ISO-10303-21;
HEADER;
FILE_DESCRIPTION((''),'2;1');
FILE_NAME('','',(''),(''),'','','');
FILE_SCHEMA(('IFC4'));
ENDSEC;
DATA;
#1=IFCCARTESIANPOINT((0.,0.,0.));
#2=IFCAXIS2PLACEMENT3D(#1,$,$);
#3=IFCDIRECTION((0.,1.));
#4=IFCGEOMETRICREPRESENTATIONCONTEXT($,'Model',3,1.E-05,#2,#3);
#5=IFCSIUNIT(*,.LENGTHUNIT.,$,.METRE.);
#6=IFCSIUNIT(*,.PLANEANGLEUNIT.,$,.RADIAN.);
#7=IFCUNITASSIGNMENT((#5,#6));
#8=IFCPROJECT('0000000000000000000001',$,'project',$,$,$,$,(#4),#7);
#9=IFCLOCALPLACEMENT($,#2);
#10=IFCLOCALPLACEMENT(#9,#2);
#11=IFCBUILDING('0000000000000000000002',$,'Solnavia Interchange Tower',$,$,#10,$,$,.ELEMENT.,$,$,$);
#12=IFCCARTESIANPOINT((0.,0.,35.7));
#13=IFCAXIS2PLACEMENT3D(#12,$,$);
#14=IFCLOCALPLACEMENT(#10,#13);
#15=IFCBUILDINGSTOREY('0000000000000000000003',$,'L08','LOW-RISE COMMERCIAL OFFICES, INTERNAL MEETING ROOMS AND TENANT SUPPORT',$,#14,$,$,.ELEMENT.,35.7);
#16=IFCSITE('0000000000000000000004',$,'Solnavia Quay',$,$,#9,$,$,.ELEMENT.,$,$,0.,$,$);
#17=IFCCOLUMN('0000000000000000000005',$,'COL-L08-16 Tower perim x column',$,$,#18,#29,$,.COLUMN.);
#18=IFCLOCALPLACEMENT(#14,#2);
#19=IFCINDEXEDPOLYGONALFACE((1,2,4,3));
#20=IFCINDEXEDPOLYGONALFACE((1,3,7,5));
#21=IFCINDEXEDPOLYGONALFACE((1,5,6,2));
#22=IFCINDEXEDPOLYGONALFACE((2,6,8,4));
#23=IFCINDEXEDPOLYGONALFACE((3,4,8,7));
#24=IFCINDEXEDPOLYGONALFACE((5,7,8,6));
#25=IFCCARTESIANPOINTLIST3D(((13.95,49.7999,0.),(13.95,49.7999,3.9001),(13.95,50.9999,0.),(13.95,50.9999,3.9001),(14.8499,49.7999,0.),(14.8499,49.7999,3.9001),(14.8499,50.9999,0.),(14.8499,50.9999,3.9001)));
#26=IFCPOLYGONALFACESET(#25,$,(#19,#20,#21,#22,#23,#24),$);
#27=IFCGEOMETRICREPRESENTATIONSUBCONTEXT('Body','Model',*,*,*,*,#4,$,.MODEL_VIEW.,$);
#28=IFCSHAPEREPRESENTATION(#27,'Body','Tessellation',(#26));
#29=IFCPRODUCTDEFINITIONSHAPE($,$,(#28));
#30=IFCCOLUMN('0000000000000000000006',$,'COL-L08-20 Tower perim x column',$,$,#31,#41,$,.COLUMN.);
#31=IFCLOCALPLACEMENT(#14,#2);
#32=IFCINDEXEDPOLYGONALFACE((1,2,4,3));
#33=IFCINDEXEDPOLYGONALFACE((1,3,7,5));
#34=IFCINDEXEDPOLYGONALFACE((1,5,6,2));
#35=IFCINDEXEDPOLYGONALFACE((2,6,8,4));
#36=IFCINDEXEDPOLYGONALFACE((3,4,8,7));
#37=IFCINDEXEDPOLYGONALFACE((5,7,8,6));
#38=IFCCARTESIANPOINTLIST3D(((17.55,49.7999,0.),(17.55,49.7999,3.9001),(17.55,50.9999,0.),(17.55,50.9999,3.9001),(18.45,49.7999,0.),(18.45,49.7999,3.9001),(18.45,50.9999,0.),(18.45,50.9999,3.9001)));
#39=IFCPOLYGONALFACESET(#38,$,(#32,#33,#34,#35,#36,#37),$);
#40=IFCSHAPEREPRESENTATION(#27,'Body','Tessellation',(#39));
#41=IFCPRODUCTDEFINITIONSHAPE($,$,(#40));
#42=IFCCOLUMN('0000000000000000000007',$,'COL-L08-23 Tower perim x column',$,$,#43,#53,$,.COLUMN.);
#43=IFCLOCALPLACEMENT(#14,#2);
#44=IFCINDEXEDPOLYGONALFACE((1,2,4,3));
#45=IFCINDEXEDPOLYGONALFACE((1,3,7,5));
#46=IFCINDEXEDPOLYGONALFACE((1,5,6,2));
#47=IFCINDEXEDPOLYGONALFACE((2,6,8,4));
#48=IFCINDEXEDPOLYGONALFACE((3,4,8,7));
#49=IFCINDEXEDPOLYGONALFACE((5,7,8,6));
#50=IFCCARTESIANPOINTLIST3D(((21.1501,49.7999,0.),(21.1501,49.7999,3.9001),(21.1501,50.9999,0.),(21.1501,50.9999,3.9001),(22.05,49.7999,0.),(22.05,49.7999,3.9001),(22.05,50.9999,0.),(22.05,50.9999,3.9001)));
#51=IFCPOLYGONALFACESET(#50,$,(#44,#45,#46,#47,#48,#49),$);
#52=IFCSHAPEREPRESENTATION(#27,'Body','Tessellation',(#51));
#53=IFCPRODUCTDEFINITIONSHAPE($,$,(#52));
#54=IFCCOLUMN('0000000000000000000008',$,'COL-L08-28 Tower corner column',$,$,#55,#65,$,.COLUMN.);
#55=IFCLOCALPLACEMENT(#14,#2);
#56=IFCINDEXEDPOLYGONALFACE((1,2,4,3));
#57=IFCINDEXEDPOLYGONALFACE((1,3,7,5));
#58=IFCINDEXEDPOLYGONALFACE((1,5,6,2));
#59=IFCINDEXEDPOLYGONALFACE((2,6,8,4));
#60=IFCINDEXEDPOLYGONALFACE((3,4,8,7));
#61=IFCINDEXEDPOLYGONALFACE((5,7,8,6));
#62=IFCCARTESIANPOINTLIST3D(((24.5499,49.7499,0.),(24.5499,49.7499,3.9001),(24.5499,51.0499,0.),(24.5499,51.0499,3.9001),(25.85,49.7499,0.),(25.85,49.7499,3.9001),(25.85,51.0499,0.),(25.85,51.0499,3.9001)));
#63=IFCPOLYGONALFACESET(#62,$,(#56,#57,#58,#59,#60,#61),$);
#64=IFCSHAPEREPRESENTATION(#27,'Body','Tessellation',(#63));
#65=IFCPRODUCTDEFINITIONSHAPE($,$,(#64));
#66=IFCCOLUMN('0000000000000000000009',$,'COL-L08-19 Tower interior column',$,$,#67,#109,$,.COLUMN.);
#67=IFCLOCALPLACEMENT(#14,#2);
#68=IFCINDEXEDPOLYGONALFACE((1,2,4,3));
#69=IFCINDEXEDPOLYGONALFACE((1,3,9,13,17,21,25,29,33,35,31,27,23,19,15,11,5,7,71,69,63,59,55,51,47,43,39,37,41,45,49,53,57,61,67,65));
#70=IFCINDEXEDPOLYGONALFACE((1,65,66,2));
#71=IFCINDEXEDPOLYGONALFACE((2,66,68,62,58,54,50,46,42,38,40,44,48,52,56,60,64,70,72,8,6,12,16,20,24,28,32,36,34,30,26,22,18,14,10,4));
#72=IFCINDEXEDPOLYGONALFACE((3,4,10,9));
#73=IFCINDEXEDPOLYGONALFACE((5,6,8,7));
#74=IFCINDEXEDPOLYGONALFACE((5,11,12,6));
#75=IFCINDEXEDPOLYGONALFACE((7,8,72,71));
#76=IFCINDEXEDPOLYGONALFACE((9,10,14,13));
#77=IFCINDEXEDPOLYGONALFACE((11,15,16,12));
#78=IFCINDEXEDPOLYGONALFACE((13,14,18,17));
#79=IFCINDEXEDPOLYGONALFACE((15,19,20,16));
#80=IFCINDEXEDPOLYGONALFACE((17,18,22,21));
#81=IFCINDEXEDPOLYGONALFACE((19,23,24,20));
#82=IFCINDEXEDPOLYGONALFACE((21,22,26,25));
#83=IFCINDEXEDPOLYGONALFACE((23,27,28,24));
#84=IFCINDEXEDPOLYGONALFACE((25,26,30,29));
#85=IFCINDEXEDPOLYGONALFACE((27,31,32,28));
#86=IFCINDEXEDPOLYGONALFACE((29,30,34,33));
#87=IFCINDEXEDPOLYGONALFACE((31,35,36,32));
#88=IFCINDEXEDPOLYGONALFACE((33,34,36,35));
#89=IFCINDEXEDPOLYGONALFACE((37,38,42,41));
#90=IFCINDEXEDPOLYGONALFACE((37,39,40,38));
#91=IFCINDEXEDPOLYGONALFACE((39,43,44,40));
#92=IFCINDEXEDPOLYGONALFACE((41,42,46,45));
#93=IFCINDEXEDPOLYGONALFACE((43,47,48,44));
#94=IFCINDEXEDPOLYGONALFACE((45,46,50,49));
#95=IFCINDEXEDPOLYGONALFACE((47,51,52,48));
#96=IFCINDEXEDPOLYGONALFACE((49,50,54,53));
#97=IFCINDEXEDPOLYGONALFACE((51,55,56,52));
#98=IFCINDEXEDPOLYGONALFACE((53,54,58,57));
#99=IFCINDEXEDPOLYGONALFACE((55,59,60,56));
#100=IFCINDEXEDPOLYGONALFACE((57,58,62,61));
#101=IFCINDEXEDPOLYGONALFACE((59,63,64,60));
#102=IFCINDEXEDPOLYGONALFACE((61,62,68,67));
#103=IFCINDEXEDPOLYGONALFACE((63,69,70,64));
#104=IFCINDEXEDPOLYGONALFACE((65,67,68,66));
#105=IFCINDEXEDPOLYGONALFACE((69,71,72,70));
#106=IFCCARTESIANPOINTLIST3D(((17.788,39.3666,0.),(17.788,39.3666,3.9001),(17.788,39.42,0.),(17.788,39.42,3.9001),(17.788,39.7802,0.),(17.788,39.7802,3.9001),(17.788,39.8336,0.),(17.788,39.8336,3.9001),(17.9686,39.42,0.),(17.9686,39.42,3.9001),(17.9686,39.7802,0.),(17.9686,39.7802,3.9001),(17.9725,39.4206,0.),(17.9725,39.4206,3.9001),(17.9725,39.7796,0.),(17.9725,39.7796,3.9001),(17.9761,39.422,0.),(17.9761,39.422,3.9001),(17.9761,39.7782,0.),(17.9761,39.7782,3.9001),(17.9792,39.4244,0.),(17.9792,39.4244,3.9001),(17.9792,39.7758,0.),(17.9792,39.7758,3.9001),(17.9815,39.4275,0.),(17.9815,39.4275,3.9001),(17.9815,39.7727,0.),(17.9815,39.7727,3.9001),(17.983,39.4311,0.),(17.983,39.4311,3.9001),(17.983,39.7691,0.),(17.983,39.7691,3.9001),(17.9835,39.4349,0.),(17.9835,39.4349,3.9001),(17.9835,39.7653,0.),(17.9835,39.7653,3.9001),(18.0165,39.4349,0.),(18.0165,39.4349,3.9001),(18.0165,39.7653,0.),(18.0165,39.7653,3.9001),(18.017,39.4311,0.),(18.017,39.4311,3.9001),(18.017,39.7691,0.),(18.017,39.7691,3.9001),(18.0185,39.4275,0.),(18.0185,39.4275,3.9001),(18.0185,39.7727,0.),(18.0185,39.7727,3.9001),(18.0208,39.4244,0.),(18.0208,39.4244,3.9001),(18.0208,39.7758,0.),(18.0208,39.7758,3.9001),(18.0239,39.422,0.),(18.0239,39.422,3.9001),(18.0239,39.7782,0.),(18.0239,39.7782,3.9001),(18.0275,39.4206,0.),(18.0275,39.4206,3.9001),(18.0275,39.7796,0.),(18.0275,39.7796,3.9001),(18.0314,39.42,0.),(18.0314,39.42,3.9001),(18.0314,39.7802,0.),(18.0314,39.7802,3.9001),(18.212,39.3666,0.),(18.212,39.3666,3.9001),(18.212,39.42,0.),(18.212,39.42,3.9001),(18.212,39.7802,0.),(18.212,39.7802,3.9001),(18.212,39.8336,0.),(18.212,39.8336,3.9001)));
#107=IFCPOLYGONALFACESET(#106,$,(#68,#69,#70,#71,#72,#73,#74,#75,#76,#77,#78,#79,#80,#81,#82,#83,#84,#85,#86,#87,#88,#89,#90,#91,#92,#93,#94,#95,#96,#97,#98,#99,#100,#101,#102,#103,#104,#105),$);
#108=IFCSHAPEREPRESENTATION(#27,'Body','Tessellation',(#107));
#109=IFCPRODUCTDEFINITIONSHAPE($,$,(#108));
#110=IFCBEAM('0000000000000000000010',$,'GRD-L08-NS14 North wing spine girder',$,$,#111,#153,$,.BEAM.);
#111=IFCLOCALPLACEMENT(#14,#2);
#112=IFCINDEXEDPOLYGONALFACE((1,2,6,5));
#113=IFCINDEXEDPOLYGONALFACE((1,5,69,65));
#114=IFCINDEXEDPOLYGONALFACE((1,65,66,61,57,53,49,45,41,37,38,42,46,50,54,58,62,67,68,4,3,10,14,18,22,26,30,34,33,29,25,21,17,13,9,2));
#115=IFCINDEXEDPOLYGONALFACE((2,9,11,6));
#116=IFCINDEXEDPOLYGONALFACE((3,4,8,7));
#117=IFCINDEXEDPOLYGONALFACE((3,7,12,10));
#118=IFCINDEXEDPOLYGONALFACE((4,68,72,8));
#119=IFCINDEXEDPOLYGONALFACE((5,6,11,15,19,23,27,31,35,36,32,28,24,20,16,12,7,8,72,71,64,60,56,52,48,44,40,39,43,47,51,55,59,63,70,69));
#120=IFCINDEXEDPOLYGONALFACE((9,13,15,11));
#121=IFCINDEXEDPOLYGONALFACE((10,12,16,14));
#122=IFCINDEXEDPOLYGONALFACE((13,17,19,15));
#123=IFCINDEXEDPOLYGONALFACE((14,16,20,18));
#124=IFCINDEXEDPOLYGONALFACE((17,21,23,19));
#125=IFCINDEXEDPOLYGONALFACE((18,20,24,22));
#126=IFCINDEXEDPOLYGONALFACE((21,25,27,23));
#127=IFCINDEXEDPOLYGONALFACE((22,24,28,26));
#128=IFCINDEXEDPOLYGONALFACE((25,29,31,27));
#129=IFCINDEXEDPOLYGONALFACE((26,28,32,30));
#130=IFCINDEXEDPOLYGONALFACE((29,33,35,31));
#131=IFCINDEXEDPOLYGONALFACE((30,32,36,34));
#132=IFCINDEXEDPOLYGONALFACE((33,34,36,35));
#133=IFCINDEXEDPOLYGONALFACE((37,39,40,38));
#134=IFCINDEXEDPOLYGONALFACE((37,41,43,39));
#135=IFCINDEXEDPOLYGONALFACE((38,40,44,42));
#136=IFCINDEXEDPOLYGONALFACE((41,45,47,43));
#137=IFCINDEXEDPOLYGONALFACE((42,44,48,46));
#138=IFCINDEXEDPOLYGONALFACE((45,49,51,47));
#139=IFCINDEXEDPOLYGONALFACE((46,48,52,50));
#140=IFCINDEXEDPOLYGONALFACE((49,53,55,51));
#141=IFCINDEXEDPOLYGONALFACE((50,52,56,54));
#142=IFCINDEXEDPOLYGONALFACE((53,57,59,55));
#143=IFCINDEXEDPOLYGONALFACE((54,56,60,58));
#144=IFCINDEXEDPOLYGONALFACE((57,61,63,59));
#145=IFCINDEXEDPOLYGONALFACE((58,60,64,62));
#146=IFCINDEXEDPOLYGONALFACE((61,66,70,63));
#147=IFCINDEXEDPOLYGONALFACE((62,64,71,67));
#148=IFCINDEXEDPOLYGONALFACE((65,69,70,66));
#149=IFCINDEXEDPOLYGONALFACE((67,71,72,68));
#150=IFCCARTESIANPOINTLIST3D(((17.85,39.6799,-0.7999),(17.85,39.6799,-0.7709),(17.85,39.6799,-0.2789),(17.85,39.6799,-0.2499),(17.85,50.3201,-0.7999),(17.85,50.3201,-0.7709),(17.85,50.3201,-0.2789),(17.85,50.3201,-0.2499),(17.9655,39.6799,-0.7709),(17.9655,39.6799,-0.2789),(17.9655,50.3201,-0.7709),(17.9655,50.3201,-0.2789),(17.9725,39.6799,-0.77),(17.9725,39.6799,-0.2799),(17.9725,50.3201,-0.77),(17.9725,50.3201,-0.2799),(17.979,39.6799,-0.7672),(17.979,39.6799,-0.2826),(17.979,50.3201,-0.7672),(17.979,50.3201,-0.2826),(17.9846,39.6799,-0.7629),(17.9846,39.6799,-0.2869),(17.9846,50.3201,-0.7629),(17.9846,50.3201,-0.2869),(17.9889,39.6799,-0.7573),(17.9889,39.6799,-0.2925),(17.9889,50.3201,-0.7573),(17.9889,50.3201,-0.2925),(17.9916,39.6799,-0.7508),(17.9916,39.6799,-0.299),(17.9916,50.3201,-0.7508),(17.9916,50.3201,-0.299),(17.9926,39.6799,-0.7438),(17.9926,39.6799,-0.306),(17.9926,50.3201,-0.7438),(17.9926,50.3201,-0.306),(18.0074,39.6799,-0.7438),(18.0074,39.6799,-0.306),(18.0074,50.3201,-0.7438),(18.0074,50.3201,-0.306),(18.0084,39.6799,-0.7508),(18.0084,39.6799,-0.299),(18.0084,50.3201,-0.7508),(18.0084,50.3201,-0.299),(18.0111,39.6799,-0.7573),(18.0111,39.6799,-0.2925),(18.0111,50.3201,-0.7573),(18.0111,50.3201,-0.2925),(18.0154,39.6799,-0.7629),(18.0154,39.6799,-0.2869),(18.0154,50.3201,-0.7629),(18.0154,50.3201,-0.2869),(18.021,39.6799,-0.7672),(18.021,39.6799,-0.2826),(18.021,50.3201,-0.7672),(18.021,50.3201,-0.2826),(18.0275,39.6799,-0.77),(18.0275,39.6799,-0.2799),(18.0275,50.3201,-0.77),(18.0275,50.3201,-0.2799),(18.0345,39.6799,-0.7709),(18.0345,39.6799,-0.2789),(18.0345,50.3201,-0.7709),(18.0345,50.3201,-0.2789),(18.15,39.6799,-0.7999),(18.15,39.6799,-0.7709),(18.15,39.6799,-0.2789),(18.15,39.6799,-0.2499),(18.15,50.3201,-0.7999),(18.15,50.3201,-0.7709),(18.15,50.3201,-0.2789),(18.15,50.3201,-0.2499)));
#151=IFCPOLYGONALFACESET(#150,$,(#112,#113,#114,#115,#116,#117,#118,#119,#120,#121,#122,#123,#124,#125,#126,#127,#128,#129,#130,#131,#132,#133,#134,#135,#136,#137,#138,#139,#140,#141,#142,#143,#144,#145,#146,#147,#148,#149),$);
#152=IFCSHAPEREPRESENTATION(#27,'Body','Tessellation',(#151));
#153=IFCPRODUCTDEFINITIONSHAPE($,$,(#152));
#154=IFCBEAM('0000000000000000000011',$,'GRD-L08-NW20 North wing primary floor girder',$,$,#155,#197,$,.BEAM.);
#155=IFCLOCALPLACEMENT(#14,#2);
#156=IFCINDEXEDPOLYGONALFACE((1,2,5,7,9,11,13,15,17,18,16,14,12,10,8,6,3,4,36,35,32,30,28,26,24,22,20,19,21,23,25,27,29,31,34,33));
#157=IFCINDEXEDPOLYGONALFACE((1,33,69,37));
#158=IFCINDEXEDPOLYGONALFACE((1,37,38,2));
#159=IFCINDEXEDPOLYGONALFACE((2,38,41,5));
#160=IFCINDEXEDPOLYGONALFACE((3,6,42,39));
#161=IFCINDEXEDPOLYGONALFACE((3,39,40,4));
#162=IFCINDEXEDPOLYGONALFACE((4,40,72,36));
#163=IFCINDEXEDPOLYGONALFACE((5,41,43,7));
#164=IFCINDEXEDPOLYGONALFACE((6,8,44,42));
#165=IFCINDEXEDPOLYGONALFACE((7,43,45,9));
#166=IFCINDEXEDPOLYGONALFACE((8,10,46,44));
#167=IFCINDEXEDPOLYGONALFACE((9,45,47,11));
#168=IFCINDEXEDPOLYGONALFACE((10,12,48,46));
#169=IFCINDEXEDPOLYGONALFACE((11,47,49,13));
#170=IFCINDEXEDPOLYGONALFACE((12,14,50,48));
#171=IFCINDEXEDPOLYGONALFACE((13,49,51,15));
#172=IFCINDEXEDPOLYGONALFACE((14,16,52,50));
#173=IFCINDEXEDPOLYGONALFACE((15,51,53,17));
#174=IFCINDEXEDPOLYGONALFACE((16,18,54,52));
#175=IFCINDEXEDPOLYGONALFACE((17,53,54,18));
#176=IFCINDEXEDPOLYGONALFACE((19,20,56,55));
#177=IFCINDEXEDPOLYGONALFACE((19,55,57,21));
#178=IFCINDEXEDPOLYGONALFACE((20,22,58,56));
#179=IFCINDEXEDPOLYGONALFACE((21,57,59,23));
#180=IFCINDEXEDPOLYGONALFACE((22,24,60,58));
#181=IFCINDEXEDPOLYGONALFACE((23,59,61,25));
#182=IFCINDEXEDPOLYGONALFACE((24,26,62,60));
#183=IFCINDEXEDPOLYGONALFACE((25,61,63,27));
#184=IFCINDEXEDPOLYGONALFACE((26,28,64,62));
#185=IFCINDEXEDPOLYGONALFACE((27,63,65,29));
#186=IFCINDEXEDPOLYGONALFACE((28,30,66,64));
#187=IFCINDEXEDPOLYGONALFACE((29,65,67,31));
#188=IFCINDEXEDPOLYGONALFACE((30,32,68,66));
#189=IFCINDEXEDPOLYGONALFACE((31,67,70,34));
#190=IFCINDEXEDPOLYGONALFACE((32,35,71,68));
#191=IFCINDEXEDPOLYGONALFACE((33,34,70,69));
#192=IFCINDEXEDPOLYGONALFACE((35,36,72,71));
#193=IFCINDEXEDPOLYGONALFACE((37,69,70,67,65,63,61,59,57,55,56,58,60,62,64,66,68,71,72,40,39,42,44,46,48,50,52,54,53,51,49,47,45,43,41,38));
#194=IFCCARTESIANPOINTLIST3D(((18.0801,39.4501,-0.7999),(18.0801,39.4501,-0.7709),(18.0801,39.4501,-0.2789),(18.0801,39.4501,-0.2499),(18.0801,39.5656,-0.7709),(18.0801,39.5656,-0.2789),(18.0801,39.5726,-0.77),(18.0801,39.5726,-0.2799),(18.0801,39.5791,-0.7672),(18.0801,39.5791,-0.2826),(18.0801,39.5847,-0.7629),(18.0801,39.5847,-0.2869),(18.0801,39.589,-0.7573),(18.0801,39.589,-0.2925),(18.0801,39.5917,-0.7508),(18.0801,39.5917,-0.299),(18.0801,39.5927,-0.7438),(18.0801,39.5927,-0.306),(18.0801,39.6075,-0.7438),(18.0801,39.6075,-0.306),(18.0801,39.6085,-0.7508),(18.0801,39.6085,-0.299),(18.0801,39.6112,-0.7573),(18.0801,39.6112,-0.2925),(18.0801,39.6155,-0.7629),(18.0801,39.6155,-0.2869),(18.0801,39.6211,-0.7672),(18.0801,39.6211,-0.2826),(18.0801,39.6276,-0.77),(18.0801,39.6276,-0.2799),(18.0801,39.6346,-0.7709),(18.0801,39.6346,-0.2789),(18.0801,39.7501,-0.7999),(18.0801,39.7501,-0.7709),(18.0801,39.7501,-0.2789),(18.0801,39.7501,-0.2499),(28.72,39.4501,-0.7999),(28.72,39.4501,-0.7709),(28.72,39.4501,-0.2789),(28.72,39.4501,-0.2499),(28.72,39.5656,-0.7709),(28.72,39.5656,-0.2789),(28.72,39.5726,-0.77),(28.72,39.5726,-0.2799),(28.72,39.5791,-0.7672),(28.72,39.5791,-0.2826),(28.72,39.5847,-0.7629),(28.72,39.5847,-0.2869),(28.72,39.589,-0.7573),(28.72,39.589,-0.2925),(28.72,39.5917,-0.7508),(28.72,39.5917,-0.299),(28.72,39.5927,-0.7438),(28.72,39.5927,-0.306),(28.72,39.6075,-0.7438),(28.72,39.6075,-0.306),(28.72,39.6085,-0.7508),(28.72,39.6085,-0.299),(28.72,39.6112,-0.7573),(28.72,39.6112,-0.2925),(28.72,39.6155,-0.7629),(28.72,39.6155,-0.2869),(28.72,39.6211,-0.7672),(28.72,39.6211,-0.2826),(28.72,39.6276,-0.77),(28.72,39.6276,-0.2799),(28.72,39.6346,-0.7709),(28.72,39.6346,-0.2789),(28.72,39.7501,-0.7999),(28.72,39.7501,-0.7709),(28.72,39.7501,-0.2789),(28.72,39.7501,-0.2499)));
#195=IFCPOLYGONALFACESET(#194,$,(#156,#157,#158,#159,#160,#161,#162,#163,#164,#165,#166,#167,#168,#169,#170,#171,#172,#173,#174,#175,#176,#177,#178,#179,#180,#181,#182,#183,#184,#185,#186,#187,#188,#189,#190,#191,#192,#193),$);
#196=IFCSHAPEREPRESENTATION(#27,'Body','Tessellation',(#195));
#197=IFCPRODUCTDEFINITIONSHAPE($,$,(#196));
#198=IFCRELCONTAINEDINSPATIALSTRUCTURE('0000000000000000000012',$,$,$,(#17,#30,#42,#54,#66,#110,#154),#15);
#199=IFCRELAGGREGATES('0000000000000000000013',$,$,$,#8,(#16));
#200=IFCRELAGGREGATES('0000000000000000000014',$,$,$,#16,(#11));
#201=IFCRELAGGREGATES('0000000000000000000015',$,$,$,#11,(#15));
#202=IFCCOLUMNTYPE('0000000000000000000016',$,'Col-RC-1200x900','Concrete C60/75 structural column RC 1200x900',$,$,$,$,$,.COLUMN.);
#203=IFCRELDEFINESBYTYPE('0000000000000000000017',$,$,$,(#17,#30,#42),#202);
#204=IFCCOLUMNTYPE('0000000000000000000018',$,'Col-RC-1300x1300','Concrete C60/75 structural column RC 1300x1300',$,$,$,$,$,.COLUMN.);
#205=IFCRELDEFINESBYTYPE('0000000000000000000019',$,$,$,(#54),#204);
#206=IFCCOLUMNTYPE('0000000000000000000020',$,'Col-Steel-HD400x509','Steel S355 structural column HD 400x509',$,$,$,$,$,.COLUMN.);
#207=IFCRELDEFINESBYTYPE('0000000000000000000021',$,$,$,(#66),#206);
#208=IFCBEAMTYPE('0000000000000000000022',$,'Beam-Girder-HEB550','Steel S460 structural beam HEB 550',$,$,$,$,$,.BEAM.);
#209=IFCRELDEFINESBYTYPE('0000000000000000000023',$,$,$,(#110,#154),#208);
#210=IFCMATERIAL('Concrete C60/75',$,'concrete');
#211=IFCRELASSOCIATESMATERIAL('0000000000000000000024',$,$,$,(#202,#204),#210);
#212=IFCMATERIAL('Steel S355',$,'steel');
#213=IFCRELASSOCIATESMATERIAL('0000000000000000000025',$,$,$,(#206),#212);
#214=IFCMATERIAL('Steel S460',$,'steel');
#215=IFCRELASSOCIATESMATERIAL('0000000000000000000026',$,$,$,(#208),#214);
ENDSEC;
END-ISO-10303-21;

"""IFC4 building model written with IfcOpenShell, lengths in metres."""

from ifc_helpers import new_model, si_unit, direction, frame, origin, origin_2d, place, context, subcontext, project, spatial, rectangle, i_section, extrude, material, material_profile, profile_set, type_object, element, save


model = new_model("IFC4")

# Units and contexts
model_context = context("Model", 3, precision=1e-05, world=origin(), true_north=direction((0.0, 1.0)))
body_context = subcontext(model_context, "Body", "Model", "MODEL_VIEW")
ifc_project = project(units=[si_unit("LENGTHUNIT", "METRE"), si_unit("PLANEANGLEUNIT", "RADIAN")], contexts=[model_context])

# Site, building, storey
site_placement = place(None, origin())
site = spatial("IfcSite", under=ifc_project, at=site_placement, Name="Solnavia Quay", CompositionType="ELEMENT", RefElevation=0.0)
building_placement = place(site_placement, origin())
building = spatial("IfcBuilding", under=site, at=building_placement, Name="Solnavia Interchange Tower", CompositionType="ELEMENT")
storey_placement = place(building_placement, frame((0.0, 0.0, 35.7)))
storey = spatial("IfcBuildingStorey", under=building, at=storey_placement, Name="L08", Description="LOW-RISE COMMERCIAL OFFICES, INTERNAL MEETING ROOMS AND TENANT SUPPORT", CompositionType="ELEMENT", Elevation=35.7)

# Columns
ifc_material_1 = material(Name="Concrete C60/75", Category="concrete")
ifc_material_profile_1 = material_profile(ifc_material_1, rectangle(XDim=0.8999, YDim=1.2, at=origin_2d()), Name="RC 1200x900")
ifc_profile_set_1 = profile_set([ifc_material_profile_1], Name="Concrete C60/75")
column_type_1 = type_object("IfcColumnType", Name="Col-RC-1200x900", Description="Concrete C60/75 structural column RC 1200x900", PredefinedType="COLUMN", material=ifc_profile_set_1)
for number, where, z_axis, x_axis, name in (
    (1, (14.3999, 50.3999, 0.0), (0.0, 0.0, 1.0), (1.0, 0.0, 0.0), "COL-L08-16 Tower perim x column"),
    (2, (18.0, 50.3999, 0.0), (0.0, 0.0, 1.0), (1.0, 0.0, 0.0), "COL-L08-20 Tower perim x column"),
    (3, (21.6001, 50.3999, 0.0), (0.0, 0.0, 1.0), (1.0, 0.0, 0.0), "COL-L08-23 Tower perim x column"),
):
    element("IfcColumn", number, at=place(storey_placement, frame(where, z_axis=z_axis, x_axis=x_axis)), inside=storey, type_object=column_type_1, Name=name, PredefinedType="COLUMN", context=body_context, shape_type="SweptSolid", body=[
        extrude(rectangle(XDim=0.8999, YDim=1.2, at=origin_2d()), origin(), (0.0, 0.0, 1.0), 3.9001),
    ])
ifc_material_profile_2 = material_profile(ifc_material_1, rectangle(XDim=1.3, YDim=1.3, at=origin_2d()), Name="RC 1300x1300")
ifc_profile_set_2 = profile_set([ifc_material_profile_2], Name="Concrete C60/75")
column_type_2 = type_object("IfcColumnType", Name="Col-RC-1300x1300", Description="Concrete C60/75 structural column RC 1300x1300", PredefinedType="COLUMN", material=ifc_profile_set_2)
column_1_placement = place(storey_placement, frame((25.2, 50.3999, 0.0), z_axis=(0.0, 0.0, 1.0), x_axis=(1.0, 0.0, 0.0)))
element("IfcColumn", 4, at=column_1_placement, inside=storey, type_object=column_type_2, Name="COL-L08-28 Tower corner column", PredefinedType="COLUMN", context=body_context, shape_type="SweptSolid", body=[
    extrude(rectangle(XDim=1.3, YDim=1.3, at=origin_2d()), origin(), (0.0, 0.0, 1.0), 3.9001),
])
ifc_material_2 = material(Name="Steel S355", Category="steel")
ifc_material_profile_3 = material_profile(ifc_material_2, i_section(OverallWidth=0.4241, OverallDepth=0.467, WebThickness=0.033, FlangeThickness=0.0535, FilletRadius=0.0149, at=origin_2d()), Name="HD 400x509")
ifc_profile_set_3 = profile_set([ifc_material_profile_3], Name="Steel S355")
column_type_3 = type_object("IfcColumnType", Name="Col-Steel-HD400x509", Description="Steel S355 structural column HD 400x509", PredefinedType="COLUMN", material=ifc_profile_set_3)
column_2_placement = place(storey_placement, frame((18.0, 39.6001, 0.0), z_axis=(0.0, 0.0, 1.0), x_axis=(1.0, 0.0, 0.0)))
element("IfcColumn", 5, at=column_2_placement, inside=storey, type_object=column_type_3, Name="COL-L08-19 Tower interior column", PredefinedType="COLUMN", context=body_context, shape_type="SweptSolid", body=[
    extrude(i_section(OverallWidth=0.4241, OverallDepth=0.467, WebThickness=0.033, FlangeThickness=0.0535, FilletRadius=0.0149, at=origin_2d()), origin(), (0.0, 0.0, 1.0), 3.9001),
])

# Beams
ifc_material_3 = material(Name="Steel S460", Category="steel")
ifc_material_profile_4 = material_profile(ifc_material_3, i_section(OverallWidth=0.3, OverallDepth=0.55, WebThickness=0.0149, FlangeThickness=0.0291, FilletRadius=0.0271, at=origin_2d()), Name="HEB 550")
ifc_profile_set_4 = profile_set([ifc_material_profile_4], Name="Steel S460")
beam_type_1 = type_object("IfcBeamType", Name="Beam-Girder-HEB550", Description="Steel S460 structural beam HEB 550", PredefinedType="BEAM", material=ifc_profile_set_4)
beam_1_placement = place(storey_placement, frame((18.0, 39.6799, -0.5249), z_axis=(0.0, 1.0, 0.0), x_axis=(-1.0, 0.0, 0.0)))
element("IfcBeam", 6, at=beam_1_placement, inside=storey, type_object=beam_type_1, Name="GRD-L08-NS14 North wing spine girder", PredefinedType="BEAM", context=body_context, shape_type="SweptSolid", body=[
    extrude(i_section(OverallWidth=0.3, OverallDepth=0.55, WebThickness=0.0149, FlangeThickness=0.0291, FilletRadius=0.0271, at=origin_2d()), origin(), (0.0, 0.0, 1.0), 10.6401),
])
beam_2_placement = place(storey_placement, frame((18.0801, 39.6001, -0.5249), z_axis=(1.0, 0.0, 0.0), x_axis=(0.0, 1.0, 0.0)))
element("IfcBeam", 7, at=beam_2_placement, inside=storey, type_object=beam_type_1, Name="GRD-L08-NW20 North wing primary floor girder", PredefinedType="BEAM", context=body_context, shape_type="SweptSolid", body=[
    extrude(i_section(OverallWidth=0.3, OverallDepth=0.55, WebThickness=0.0149, FlangeThickness=0.0291, FilletRadius=0.0271, at=origin_2d()), origin(), (0.0, 0.0, 1.0), 10.6399),
])

save(model, "model.ifc")
